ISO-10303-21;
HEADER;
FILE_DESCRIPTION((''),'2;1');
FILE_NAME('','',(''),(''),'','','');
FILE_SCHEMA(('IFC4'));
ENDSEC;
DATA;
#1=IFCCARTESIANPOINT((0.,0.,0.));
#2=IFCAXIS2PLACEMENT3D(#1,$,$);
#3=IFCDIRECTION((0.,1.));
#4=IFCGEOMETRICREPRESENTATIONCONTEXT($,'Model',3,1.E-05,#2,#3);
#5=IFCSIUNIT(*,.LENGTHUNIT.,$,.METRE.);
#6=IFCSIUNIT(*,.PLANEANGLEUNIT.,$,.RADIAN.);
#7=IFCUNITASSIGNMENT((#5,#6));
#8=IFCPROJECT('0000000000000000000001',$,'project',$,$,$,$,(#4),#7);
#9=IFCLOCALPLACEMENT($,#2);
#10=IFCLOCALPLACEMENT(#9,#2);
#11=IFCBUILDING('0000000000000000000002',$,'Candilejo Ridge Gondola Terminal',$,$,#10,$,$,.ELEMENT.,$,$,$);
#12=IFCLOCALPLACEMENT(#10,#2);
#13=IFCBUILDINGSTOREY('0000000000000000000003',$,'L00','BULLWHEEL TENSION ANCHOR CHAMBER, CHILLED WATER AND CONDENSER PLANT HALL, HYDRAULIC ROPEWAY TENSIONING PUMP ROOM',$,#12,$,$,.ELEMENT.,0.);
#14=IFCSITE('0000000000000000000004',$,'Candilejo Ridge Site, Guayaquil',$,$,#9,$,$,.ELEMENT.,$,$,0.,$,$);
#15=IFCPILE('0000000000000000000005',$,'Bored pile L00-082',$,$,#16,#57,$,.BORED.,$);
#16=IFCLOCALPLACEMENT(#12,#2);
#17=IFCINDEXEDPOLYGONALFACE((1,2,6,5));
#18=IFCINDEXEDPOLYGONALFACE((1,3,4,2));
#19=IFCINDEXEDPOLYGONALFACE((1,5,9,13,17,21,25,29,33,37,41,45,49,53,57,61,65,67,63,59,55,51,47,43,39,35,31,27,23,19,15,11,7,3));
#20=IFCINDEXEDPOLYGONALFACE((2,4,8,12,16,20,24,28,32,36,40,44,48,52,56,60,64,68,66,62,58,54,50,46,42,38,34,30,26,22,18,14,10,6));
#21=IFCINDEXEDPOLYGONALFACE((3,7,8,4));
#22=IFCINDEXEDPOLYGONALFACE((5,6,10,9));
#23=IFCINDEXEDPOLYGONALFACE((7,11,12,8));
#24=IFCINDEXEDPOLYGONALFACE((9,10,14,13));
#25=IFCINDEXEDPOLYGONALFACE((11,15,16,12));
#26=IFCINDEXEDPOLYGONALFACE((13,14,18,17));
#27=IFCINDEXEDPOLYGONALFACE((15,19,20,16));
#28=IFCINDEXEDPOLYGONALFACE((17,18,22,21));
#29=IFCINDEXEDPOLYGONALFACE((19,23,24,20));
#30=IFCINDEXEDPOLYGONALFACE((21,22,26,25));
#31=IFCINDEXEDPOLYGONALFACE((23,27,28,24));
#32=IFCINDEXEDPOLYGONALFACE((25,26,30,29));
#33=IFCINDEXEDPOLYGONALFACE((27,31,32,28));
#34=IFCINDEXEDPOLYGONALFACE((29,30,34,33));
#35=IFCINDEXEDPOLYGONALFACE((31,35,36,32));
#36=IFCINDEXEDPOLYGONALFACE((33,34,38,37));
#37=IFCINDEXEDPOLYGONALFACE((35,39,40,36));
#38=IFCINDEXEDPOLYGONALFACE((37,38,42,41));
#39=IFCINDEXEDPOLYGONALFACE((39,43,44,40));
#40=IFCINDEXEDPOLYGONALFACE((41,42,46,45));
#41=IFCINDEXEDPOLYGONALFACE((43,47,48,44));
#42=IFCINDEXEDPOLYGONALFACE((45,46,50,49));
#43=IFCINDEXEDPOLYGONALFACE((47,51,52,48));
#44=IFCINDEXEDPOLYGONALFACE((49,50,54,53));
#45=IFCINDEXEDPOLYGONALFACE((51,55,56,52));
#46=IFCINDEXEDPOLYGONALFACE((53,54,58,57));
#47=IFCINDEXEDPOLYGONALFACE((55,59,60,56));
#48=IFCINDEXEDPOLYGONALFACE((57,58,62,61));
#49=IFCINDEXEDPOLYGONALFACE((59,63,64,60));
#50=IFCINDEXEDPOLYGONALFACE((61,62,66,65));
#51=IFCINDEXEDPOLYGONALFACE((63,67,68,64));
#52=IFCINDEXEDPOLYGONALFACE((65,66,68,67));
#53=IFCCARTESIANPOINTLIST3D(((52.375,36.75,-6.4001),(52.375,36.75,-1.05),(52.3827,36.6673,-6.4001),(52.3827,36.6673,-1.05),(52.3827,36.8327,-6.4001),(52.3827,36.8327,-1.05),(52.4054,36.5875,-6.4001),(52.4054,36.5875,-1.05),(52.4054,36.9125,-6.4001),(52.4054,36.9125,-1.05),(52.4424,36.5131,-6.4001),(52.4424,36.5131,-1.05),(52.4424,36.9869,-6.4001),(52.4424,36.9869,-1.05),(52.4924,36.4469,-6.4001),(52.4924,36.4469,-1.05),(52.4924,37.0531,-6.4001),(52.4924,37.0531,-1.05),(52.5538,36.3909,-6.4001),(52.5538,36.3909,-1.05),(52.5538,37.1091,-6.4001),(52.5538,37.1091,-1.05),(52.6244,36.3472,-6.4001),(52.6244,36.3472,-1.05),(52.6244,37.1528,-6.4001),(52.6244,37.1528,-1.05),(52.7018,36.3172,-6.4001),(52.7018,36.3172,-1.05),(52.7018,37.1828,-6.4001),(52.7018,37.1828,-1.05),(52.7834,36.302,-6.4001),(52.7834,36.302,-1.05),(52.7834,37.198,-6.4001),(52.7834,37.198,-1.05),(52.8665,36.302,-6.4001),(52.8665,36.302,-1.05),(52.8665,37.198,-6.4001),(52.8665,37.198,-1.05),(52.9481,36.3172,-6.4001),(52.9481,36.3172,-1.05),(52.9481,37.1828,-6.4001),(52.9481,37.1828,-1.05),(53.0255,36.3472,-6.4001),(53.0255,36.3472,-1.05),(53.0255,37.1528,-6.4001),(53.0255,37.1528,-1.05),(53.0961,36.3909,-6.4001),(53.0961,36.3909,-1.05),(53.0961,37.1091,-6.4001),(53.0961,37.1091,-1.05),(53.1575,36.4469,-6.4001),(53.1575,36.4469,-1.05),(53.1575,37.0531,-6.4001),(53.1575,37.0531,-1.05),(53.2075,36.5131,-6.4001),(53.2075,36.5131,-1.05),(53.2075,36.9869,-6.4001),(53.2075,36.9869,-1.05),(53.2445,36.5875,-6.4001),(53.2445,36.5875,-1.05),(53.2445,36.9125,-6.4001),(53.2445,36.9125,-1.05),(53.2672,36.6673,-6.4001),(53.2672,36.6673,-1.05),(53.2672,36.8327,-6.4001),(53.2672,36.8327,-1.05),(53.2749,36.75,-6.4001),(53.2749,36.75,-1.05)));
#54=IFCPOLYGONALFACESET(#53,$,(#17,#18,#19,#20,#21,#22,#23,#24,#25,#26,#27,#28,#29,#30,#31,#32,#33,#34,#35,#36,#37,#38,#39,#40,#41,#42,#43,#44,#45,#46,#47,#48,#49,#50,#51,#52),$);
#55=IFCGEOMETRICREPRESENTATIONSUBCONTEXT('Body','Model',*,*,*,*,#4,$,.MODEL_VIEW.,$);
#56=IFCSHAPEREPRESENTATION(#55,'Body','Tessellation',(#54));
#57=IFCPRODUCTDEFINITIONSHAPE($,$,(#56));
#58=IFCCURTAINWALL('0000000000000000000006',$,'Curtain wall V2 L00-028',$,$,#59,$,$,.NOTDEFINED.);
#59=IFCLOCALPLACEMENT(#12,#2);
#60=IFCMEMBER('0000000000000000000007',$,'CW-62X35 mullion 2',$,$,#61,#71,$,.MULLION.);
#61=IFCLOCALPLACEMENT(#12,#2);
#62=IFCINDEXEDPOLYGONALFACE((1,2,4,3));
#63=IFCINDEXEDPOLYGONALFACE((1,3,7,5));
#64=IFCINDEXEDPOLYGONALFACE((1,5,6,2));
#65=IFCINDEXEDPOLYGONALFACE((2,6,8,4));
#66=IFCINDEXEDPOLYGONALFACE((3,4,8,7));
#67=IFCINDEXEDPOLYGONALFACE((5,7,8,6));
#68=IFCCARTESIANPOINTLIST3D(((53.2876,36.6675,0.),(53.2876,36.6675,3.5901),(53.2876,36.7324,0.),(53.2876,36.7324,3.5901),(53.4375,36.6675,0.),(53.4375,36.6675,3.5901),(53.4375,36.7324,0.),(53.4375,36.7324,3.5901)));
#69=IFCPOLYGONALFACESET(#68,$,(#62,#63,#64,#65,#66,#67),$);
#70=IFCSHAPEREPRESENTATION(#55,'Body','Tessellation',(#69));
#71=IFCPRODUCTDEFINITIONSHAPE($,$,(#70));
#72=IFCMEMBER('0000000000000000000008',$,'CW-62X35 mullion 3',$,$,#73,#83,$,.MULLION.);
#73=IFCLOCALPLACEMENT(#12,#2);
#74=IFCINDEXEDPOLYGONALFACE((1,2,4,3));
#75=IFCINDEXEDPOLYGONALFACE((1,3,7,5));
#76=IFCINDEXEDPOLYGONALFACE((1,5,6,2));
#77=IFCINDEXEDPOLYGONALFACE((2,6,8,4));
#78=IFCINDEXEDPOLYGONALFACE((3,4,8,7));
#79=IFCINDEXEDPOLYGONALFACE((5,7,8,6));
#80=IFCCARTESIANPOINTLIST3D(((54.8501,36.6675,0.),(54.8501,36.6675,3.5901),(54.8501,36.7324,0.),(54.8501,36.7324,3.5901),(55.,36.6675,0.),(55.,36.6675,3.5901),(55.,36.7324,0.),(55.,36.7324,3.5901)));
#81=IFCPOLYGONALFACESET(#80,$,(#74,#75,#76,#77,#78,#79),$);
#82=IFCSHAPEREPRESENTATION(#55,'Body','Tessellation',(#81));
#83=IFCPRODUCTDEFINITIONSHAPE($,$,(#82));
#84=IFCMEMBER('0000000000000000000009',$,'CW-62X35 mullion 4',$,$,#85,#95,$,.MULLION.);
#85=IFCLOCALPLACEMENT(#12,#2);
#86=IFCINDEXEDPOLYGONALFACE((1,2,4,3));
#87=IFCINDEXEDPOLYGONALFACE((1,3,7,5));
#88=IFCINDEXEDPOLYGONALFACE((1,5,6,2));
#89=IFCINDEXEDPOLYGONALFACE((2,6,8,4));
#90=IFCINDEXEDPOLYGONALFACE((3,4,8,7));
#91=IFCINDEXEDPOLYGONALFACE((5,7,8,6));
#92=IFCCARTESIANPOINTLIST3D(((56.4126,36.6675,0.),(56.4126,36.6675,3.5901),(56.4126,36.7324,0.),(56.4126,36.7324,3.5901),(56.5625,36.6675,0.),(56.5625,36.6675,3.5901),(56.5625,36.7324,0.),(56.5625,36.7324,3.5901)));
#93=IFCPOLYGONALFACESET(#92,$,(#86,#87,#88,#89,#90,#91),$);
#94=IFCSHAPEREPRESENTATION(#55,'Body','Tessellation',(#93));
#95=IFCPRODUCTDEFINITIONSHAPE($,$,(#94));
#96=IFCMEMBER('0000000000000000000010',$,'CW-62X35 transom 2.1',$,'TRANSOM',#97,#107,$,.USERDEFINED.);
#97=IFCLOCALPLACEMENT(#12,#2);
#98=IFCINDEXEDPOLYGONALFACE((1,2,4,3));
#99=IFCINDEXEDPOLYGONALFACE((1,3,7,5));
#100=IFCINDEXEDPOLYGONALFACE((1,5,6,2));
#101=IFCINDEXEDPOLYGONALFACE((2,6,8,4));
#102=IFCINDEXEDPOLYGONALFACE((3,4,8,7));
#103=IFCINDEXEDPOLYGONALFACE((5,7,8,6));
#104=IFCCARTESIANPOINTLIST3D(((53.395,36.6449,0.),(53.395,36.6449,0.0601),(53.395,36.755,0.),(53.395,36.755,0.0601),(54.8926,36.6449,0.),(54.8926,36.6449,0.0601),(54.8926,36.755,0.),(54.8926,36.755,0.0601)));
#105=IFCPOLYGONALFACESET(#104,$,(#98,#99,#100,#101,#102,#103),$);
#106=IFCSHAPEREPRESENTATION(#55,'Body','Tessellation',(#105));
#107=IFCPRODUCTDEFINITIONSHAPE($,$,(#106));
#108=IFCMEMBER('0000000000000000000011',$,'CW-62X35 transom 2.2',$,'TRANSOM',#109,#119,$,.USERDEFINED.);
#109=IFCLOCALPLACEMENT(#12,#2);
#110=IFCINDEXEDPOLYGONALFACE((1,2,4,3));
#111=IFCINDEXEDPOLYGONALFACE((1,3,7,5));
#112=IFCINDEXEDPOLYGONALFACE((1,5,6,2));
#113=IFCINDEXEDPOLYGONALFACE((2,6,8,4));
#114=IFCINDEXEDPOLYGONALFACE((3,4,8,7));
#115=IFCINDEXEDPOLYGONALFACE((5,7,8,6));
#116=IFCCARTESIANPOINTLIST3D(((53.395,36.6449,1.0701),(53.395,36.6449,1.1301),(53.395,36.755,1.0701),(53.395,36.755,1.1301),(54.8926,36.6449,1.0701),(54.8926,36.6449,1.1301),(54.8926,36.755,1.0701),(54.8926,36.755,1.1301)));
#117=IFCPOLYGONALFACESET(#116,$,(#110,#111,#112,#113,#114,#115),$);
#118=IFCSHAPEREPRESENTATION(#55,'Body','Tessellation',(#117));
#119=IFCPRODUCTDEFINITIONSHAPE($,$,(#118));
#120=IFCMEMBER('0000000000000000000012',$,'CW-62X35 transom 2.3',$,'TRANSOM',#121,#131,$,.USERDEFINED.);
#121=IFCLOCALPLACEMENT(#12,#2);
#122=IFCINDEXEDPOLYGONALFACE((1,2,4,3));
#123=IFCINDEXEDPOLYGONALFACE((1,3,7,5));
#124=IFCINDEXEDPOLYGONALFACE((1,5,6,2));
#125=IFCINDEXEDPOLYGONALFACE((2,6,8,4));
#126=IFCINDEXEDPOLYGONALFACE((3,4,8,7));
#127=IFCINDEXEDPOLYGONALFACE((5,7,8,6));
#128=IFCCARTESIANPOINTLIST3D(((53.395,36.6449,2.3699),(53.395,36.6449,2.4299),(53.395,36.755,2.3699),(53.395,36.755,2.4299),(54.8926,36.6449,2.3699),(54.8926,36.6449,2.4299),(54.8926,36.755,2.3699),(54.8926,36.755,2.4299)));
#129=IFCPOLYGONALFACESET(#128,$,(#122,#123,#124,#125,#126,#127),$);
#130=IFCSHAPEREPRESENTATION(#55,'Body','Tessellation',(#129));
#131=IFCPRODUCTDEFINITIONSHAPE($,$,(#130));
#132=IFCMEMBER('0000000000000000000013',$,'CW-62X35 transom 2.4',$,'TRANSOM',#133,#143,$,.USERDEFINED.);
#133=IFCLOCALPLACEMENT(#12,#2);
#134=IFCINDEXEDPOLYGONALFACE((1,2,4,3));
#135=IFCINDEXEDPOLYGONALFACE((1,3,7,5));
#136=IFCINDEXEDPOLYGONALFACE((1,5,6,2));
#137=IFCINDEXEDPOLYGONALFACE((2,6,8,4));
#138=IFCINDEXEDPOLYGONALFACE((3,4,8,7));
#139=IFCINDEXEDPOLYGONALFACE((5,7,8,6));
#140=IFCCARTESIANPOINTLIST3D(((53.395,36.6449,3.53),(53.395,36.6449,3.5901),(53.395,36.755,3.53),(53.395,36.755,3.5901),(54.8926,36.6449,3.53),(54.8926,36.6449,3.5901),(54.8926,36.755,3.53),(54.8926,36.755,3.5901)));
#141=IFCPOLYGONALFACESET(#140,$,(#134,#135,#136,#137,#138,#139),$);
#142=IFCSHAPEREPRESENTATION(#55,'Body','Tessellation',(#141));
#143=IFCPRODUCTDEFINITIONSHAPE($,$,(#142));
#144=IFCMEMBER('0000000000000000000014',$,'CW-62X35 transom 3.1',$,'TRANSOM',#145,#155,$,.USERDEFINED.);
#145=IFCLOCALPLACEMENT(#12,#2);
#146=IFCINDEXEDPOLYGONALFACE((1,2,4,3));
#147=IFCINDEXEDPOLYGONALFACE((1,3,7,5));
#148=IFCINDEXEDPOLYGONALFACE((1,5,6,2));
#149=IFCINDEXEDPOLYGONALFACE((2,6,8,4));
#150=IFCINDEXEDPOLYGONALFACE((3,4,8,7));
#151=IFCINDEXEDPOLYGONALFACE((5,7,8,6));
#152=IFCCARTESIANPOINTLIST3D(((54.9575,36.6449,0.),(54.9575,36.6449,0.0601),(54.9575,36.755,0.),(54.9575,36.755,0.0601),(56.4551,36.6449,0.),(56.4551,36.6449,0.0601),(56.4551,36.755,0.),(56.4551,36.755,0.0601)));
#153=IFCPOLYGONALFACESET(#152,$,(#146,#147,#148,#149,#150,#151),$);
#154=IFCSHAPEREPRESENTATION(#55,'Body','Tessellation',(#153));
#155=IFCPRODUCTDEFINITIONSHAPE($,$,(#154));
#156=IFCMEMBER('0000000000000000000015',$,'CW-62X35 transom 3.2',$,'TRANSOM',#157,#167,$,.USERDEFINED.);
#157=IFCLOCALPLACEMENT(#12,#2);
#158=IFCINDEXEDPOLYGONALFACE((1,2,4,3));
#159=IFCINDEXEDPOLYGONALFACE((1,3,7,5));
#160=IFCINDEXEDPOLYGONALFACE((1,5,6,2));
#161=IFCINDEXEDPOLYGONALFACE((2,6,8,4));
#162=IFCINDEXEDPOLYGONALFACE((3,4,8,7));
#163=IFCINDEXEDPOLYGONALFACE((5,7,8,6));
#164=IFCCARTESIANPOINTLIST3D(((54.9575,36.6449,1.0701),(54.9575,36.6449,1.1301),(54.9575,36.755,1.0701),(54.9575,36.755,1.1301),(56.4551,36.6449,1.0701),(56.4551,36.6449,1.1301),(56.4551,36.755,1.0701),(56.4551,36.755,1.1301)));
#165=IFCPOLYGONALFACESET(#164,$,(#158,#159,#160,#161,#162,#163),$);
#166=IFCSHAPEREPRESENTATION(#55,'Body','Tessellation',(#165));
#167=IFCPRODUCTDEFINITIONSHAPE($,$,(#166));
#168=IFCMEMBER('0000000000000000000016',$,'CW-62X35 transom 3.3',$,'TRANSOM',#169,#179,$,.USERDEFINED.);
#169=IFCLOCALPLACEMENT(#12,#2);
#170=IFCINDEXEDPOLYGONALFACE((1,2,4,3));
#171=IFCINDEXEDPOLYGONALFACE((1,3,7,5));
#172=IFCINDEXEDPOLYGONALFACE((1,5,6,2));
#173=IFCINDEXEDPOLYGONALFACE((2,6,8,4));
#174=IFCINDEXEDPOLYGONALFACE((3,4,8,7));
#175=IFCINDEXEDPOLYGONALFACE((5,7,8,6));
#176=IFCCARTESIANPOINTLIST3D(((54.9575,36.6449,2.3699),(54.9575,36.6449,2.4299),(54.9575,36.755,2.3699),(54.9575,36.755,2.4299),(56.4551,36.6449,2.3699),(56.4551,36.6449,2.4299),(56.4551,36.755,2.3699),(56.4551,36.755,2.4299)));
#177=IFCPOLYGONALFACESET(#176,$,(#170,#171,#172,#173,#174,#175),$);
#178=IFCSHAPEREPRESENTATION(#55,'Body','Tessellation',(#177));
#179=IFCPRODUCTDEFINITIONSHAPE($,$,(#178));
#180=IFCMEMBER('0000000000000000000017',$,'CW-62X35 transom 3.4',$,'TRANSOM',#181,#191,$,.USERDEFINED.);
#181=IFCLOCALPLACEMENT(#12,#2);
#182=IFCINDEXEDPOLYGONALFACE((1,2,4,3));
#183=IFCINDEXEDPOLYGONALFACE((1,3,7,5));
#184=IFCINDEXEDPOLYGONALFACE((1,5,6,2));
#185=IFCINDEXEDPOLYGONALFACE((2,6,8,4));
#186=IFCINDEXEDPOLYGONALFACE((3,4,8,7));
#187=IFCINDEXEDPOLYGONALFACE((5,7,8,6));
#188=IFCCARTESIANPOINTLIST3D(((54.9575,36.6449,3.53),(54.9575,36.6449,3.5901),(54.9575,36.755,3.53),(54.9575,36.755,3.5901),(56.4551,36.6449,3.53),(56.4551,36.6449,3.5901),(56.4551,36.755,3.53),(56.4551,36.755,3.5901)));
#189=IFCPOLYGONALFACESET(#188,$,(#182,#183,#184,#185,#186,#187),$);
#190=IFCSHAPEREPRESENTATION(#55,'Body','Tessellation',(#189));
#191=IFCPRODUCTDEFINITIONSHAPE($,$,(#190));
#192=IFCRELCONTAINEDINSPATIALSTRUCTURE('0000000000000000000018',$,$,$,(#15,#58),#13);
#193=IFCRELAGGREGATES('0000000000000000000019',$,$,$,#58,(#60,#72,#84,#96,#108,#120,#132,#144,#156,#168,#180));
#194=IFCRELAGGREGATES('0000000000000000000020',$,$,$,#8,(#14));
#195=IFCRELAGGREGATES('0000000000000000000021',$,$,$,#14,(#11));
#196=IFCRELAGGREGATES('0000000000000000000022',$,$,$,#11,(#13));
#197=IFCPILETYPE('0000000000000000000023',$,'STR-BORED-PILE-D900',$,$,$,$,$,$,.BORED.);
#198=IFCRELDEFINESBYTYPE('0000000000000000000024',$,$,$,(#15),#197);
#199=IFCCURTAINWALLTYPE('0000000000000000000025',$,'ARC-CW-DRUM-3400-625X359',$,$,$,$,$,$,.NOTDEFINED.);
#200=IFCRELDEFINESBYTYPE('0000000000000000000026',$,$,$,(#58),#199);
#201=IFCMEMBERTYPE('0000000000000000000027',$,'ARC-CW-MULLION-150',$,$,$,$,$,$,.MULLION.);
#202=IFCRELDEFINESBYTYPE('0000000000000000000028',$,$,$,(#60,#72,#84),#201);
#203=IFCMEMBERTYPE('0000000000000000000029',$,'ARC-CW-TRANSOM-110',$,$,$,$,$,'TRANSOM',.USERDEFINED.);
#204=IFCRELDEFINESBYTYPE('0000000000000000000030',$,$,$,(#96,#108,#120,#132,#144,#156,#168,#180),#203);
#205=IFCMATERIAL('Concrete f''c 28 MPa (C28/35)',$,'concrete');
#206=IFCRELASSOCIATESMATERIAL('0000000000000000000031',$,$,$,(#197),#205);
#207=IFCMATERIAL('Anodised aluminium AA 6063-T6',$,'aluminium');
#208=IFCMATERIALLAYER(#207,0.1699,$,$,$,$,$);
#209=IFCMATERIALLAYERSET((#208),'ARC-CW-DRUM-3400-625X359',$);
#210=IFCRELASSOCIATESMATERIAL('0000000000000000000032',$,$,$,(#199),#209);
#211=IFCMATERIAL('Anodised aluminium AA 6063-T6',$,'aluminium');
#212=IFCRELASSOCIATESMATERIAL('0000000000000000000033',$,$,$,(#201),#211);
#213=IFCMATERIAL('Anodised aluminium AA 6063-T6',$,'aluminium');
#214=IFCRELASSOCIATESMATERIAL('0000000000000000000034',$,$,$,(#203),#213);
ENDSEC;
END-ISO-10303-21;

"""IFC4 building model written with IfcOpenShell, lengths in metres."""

from ifc_helpers import new_model, si_unit, direction, frame, origin, origin_2d, place, context, subcontext, project, spatial, rectangle, circle, extrude, material, layer, layer_set, material_profile, profile_set, type_object, element, aggregate, save


model = new_model("IFC4")

# Units and contexts
model_context = context("Model", 3, precision=1e-05, world=origin(), true_north=direction((0.0, 1.0)))
body_context = subcontext(model_context, "Body", "Model", "MODEL_VIEW")
ifc_project = project(units=[si_unit("LENGTHUNIT", "METRE"), si_unit("PLANEANGLEUNIT", "RADIAN")], contexts=[model_context])

# Site, building, storey
site_placement = place(None, origin())
site = spatial("IfcSite", under=ifc_project, at=site_placement, Name="Candilejo Ridge Site, Guayaquil", CompositionType="ELEMENT", RefElevation=0.0)
building_placement = place(site_placement, origin())
building = spatial("IfcBuilding", under=site, at=building_placement, Name="Candilejo Ridge Gondola Terminal", CompositionType="ELEMENT")
storey_placement = place(building_placement, origin())
storey = spatial("IfcBuildingStorey", under=building, at=storey_placement, Name="L00", Description="BULLWHEEL TENSION ANCHOR CHAMBER, CHILLED WATER AND CONDENSER PLANT HALL, HYDRAULIC ROPEWAY TENSIONING PUMP ROOM", CompositionType="ELEMENT", Elevation=0.0)

# Pile
ifc_material_1 = material(Name="Concrete f'c 28 MPa (C28/35)", Category="concrete")
ifc_material_profile_1 = material_profile(ifc_material_1, circle(Radius=0.45, at=origin_2d()))
ifc_profile_set_1 = profile_set([ifc_material_profile_1], Name="Concrete f'c 28 MPa (C28/35)")
pile_type = type_object("IfcPileType", Name="STR-BORED-PILE-D900", PredefinedType="BORED", material=ifc_profile_set_1)
pile_placement = place(storey_placement, frame((52.825, 36.75, -1.05), z_axis=(0.0, 0.0, -1.0), x_axis=(1.0, 0.0, 0.0)))
element("IfcPile", 1, at=pile_placement, inside=storey, type_object=pile_type, Name="Bored pile L00-082", PredefinedType="BORED", context=body_context, shape_type="SweptSolid", body=[
    extrude(circle(Radius=0.45, at=origin_2d()), origin(), (0.0, 0.0, 1.0), 5.3501),
])

# Curtain wall, members
ifc_material_2 = material(Name="Anodised aluminium AA 6063-T6", Category="aluminium")
ifc_layer_1 = layer(ifc_material_2, 0.1699)
ifc_layer_set_1 = layer_set([ifc_layer_1], Name="ARC-CW-DRUM-3400-625X359")
curtain_wall_type = type_object("IfcCurtainWallType", Name="ARC-CW-DRUM-3400-625X359", PredefinedType="NOTDEFINED", material=ifc_layer_set_1)
curtain_wall_placement = place(storey_placement, origin())
curtain_wall = element("IfcCurtainWall", 2, at=curtain_wall_placement, inside=storey, type_object=curtain_wall_type, Name="Curtain wall V2 L00-028", PredefinedType="NOTDEFINED")
ifc_material_3 = material(Name="Anodised aluminium AA 6063-T6", Category="aluminium")
ifc_material_profile_2 = material_profile(ifc_material_3, rectangle(XDim=0.0649, YDim=0.1499, at=origin_2d()))
ifc_profile_set_2 = profile_set([ifc_material_profile_2], Name="Anodised aluminium AA 6063-T6")
member_type_1 = type_object("IfcMemberType", Name="ARC-CW-MULLION-150", PredefinedType="MULLION", material=ifc_profile_set_2)
member_1_placement = place(storey_placement, frame((53.3625, 36.7, 0.0), z_axis=(0.0, 0.0, 1.0), x_axis=(0.0, 1.0, 0.0)))
member_1 = element("IfcMember", 3, at=member_1_placement, type_object=member_type_1, Name="CW-62X35 mullion 2", PredefinedType="MULLION", context=body_context, shape_type="SweptSolid", body=[
    extrude(rectangle(XDim=0.0649, YDim=0.1499, at=origin_2d()), origin(), (0.0, 0.0, 1.0), 3.5901),
])
member_2_placement = place(storey_placement, frame((54.925, 36.7, 0.0), z_axis=(0.0, 0.0, 1.0), x_axis=(0.0, 1.0, 0.0)))
member_2 = element("IfcMember", 4, at=member_2_placement, type_object=member_type_1, Name="CW-62X35 mullion 3", PredefinedType="MULLION", context=body_context, shape_type="SweptSolid", body=[
    extrude(rectangle(XDim=0.0649, YDim=0.1499, at=origin_2d()), origin(), (0.0, 0.0, 1.0), 3.5901),
])
member_3_placement = place(storey_placement, frame((56.4875, 36.7, 0.0), z_axis=(0.0, 0.0, 1.0), x_axis=(0.0, 1.0, 0.0)))
member_3 = element("IfcMember", 5, at=member_3_placement, type_object=member_type_1, Name="CW-62X35 mullion 4", PredefinedType="MULLION", context=body_context, shape_type="SweptSolid", body=[
    extrude(rectangle(XDim=0.0649, YDim=0.1499, at=origin_2d()), origin(), (0.0, 0.0, 1.0), 3.5901),
])
ifc_material_4 = material(Name="Anodised aluminium AA 6063-T6", Category="aluminium")
ifc_material_profile_3 = material_profile(ifc_material_4, rectangle(XDim=0.1101, YDim=0.0601, at=origin_2d()))
ifc_profile_set_3 = profile_set([ifc_material_profile_3], Name="Anodised aluminium AA 6063-T6")
member_type_2 = type_object("IfcMemberType", Name="ARC-CW-TRANSOM-110", ElementType="TRANSOM", PredefinedType="USERDEFINED", material=ifc_profile_set_3)
member_4_placement = place(storey_placement, frame((53.395, 36.7, 0.03), z_axis=(1.0, 0.0, 0.0), x_axis=(0.0, 1.0, 0.0)))
member_4 = element("IfcMember", 6, at=member_4_placement, type_object=member_type_2, Name="CW-62X35 transom 2.1", ObjectType="TRANSOM", PredefinedType="USERDEFINED", context=body_context, shape_type="SweptSolid", body=[
    extrude(rectangle(XDim=0.1101, YDim=0.0601, at=origin_2d()), origin(), (0.0, 0.0, 1.0), 1.4976),
])
member_5_placement = place(storey_placement, frame((53.395, 36.7, 1.1001), z_axis=(1.0, 0.0, 0.0), x_axis=(0.0, 1.0, 0.0)))
member_5 = element("IfcMember", 7, at=member_5_placement, type_object=member_type_2, Name="CW-62X35 transom 2.2", ObjectType="TRANSOM", PredefinedType="USERDEFINED", context=body_context, shape_type="SweptSolid", body=[
    extrude(rectangle(XDim=0.1101, YDim=0.0601, at=origin_2d()), origin(), (0.0, 0.0, 1.0), 1.4976),
])
member_6_placement = place(storey_placement, frame((53.395, 36.7, 2.3999), z_axis=(1.0, 0.0, 0.0), x_axis=(0.0, 1.0, 0.0)))
member_6 = element("IfcMember", 8, at=member_6_placement, type_object=member_type_2, Name="CW-62X35 transom 2.3", ObjectType="TRANSOM", PredefinedType="USERDEFINED", context=body_context, shape_type="SweptSolid", body=[
    extrude(rectangle(XDim=0.1101, YDim=0.0601, at=origin_2d()), origin(), (0.0, 0.0, 1.0), 1.4976),
])
member_7_placement = place(storey_placement, frame((53.395, 36.7, 3.5601), z_axis=(1.0, 0.0, 0.0), x_axis=(0.0, 1.0, 0.0)))
member_7 = element("IfcMember", 9, at=member_7_placement, type_object=member_type_2, Name="CW-62X35 transom 2.4", ObjectType="TRANSOM", PredefinedType="USERDEFINED", context=body_context, shape_type="SweptSolid", body=[
    extrude(rectangle(XDim=0.1101, YDim=0.0601, at=origin_2d()), origin(), (0.0, 0.0, 1.0), 1.4976),
])
member_8_placement = place(storey_placement, frame((54.9575, 36.7, 0.03), z_axis=(1.0, 0.0, 0.0), x_axis=(0.0, 1.0, 0.0)))
member_8 = element("IfcMember", 10, at=member_8_placement, type_object=member_type_2, Name="CW-62X35 transom 3.1", ObjectType="TRANSOM", PredefinedType="USERDEFINED", context=body_context, shape_type="SweptSolid", body=[
    extrude(rectangle(XDim=0.1101, YDim=0.0601, at=origin_2d()), origin(), (0.0, 0.0, 1.0), 1.4976),
])
member_9_placement = place(storey_placement, frame((54.9575, 36.7, 1.1001), z_axis=(1.0, 0.0, 0.0), x_axis=(0.0, 1.0, 0.0)))
member_9 = element("IfcMember", 11, at=member_9_placement, type_object=member_type_2, Name="CW-62X35 transom 3.2", ObjectType="TRANSOM", PredefinedType="USERDEFINED", context=body_context, shape_type="SweptSolid", body=[
    extrude(rectangle(XDim=0.1101, YDim=0.0601, at=origin_2d()), origin(), (0.0, 0.0, 1.0), 1.4976),
])
member_10_placement = place(storey_placement, frame((54.9575, 36.7, 2.3999), z_axis=(1.0, 0.0, 0.0), x_axis=(0.0, 1.0, 0.0)))
member_10 = element("IfcMember", 12, at=member_10_placement, type_object=member_type_2, Name="CW-62X35 transom 3.3", ObjectType="TRANSOM", PredefinedType="USERDEFINED", context=body_context, shape_type="SweptSolid", body=[
    extrude(rectangle(XDim=0.1101, YDim=0.0601, at=origin_2d()), origin(), (0.0, 0.0, 1.0), 1.4976),
])
member_11_placement = place(storey_placement, frame((54.9575, 36.7, 3.5601), z_axis=(1.0, 0.0, 0.0), x_axis=(0.0, 1.0, 0.0)))
member_11 = element("IfcMember", 13, at=member_11_placement, type_object=member_type_2, Name="CW-62X35 transom 3.4", ObjectType="TRANSOM", PredefinedType="USERDEFINED", context=body_context, shape_type="SweptSolid", body=[
    extrude(rectangle(XDim=0.1101, YDim=0.0601, at=origin_2d()), origin(), (0.0, 0.0, 1.0), 1.4976),
])
aggregate(curtain_wall, [member_1, member_2, member_3, member_4, member_5, member_6, member_7, member_8, member_9, member_10, member_11])

save(model, "model.ifc")
